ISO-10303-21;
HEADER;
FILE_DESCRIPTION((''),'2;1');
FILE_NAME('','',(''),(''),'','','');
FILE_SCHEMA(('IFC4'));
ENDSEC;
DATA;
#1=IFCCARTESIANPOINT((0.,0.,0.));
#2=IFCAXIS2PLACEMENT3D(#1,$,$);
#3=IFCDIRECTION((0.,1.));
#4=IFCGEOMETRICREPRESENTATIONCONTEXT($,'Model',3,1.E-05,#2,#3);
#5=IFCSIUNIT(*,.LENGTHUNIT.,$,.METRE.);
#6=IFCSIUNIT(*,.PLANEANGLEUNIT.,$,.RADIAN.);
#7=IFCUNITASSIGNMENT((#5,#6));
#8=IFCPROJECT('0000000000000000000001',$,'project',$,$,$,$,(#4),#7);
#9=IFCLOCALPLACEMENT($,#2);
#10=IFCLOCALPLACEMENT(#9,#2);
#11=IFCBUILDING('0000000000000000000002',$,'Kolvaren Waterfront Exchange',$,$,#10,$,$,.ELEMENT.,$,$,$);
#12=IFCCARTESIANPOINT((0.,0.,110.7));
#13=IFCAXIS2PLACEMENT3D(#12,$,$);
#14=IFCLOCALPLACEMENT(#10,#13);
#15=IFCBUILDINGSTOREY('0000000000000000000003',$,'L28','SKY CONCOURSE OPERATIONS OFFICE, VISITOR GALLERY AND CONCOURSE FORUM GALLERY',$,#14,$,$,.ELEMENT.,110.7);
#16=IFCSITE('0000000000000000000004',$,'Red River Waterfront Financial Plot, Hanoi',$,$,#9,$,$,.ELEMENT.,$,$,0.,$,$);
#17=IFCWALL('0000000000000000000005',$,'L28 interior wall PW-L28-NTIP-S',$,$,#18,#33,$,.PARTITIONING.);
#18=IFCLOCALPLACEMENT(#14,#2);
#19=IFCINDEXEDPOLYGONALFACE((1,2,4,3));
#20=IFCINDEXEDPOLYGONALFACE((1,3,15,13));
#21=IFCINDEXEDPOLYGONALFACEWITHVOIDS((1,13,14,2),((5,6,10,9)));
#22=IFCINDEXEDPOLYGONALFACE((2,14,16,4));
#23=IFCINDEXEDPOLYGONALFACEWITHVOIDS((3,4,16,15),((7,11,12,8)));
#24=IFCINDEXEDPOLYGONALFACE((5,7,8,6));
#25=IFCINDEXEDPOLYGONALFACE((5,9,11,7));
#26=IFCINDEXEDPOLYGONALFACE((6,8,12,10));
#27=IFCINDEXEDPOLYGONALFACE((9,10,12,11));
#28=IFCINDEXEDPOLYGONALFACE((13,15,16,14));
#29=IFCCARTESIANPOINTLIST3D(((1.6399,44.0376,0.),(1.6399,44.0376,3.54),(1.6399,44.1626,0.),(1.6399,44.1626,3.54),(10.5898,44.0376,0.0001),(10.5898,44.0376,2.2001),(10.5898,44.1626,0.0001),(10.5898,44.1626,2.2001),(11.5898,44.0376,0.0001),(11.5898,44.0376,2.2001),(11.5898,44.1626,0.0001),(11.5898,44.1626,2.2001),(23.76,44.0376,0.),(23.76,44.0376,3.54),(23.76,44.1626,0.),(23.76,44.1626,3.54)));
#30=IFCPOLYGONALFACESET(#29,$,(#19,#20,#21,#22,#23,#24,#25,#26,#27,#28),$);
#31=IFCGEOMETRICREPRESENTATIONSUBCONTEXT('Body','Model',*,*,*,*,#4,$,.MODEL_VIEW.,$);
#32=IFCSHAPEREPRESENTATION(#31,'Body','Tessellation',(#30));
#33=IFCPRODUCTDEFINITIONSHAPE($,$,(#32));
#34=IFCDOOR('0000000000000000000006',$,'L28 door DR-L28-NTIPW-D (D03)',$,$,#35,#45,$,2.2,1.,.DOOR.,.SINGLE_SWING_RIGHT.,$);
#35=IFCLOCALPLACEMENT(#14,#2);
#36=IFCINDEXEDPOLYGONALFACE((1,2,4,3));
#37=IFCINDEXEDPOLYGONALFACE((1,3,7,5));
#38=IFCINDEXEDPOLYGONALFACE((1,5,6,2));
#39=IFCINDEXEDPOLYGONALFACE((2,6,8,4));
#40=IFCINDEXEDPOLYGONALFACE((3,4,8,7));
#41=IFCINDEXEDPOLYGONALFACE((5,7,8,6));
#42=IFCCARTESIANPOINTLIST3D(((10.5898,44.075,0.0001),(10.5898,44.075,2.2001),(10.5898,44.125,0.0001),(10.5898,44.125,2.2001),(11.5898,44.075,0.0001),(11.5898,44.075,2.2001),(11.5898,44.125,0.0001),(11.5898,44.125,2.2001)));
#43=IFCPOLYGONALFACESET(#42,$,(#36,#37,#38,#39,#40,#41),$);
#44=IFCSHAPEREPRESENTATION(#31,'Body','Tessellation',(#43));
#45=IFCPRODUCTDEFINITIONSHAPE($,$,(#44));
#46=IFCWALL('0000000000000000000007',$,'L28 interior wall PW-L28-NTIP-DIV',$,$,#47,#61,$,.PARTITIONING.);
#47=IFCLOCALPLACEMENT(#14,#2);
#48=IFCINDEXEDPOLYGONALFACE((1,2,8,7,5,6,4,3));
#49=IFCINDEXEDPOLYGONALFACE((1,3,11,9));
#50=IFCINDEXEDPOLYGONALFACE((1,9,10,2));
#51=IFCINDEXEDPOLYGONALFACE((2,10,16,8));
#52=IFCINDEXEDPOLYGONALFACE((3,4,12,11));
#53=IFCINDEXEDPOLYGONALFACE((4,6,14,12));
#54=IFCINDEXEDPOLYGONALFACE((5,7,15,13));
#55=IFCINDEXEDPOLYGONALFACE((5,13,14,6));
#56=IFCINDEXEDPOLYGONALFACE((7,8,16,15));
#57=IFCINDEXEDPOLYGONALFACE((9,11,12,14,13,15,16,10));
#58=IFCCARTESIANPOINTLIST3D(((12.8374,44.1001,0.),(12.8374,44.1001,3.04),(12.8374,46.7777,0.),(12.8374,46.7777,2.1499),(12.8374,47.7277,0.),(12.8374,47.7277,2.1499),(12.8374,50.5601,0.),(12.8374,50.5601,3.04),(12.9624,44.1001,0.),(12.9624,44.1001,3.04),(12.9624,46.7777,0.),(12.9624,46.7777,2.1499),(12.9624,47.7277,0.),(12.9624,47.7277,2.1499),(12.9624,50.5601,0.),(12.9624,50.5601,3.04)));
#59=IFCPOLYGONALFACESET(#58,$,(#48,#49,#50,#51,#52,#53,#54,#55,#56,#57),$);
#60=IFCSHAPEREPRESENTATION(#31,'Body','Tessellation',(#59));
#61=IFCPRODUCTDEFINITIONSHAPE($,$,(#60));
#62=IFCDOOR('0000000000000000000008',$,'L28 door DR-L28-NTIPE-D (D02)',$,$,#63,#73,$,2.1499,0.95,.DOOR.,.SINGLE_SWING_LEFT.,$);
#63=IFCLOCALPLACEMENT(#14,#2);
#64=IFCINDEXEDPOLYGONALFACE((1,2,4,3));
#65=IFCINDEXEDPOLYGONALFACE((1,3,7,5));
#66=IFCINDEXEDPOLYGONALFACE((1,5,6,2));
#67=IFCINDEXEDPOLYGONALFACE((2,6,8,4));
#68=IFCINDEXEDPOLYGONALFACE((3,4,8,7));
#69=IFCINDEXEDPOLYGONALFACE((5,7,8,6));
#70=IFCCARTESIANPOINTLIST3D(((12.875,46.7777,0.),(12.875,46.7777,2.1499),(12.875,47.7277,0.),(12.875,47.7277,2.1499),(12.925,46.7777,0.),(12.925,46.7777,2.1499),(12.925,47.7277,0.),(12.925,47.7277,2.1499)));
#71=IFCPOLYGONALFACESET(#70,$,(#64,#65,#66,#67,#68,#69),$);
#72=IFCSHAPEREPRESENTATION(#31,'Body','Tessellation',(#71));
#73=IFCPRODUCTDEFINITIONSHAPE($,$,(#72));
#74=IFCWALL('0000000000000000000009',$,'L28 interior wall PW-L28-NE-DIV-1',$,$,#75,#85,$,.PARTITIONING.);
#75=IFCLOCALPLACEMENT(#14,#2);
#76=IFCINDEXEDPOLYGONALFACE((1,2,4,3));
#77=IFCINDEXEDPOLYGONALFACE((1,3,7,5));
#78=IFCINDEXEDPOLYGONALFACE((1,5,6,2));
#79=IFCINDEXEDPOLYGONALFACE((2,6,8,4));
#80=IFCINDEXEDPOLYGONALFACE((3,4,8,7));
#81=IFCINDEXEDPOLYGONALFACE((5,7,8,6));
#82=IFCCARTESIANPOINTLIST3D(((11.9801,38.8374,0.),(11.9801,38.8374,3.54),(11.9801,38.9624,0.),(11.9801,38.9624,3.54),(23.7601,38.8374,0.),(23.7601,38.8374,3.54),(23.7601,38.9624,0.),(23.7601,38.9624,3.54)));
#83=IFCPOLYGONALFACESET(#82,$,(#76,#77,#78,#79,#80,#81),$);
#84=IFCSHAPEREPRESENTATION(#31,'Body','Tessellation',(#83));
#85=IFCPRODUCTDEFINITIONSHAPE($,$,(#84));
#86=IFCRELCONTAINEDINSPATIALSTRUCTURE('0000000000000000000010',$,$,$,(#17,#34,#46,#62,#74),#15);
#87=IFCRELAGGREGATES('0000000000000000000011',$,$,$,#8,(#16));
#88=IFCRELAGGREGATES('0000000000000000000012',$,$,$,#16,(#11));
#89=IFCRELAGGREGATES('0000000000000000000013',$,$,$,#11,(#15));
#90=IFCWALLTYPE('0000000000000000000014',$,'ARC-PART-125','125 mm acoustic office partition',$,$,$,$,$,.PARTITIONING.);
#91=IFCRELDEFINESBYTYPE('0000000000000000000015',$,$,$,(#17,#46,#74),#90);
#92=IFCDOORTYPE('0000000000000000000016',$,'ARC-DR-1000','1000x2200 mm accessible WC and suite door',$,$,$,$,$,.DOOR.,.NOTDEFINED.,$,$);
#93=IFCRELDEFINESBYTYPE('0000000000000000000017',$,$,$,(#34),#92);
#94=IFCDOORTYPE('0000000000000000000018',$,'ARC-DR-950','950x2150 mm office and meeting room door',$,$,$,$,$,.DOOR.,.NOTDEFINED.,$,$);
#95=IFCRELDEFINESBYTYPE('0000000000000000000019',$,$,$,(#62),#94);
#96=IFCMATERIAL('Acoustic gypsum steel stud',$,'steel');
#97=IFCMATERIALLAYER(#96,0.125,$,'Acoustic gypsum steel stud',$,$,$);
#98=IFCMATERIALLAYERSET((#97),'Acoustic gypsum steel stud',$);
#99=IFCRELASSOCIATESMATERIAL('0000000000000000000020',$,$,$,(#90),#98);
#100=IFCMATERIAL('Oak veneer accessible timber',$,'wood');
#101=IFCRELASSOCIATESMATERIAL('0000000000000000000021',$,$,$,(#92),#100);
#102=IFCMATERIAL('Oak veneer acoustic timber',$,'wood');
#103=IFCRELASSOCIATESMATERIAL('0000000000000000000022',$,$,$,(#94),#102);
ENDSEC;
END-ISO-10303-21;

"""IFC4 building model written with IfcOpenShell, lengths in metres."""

from ifc_helpers import new_model, si_unit, direction, frame, frame_2d, origin, place, context, subcontext, project, spatial, rectangle, extrude, material, layer, layer_set, type_object, element, fill, save


model = new_model("IFC4")

# Units and contexts
model_context = context("Model", 3, precision=1e-05, world=origin(), true_north=direction((0.0, 1.0)))
body_context = subcontext(model_context, "Body", "Model", "MODEL_VIEW")
ifc_project = project(units=[si_unit("LENGTHUNIT", "METRE"), si_unit("PLANEANGLEUNIT", "RADIAN")], contexts=[model_context])

# Site, building, storey
site_placement = place(None, origin())
site = spatial("IfcSite", under=ifc_project, at=site_placement, Name="Red River Waterfront Financial Plot, Hanoi", CompositionType="ELEMENT", RefElevation=0.0)
building_placement = place(site_placement, origin())
building = spatial("IfcBuilding", under=site, at=building_placement, Name="Kolvaren Waterfront Exchange", CompositionType="ELEMENT")
storey_placement = place(building_placement, frame((0.0, 0.0, 110.7)))
storey = spatial("IfcBuildingStorey", under=building, at=storey_placement, Name="L28", Description="SKY CONCOURSE OPERATIONS OFFICE, VISITOR GALLERY AND CONCOURSE FORUM GALLERY", CompositionType="ELEMENT", Elevation=110.7)

# Walls, openings, doors
ifc_material_1 = material(Name="Acoustic gypsum steel stud", Category="steel")
ifc_layer_1 = layer(ifc_material_1, 0.125, Name="Acoustic gypsum steel stud")
ifc_layer_set_1 = layer_set([ifc_layer_1], Name="Acoustic gypsum steel stud")
wall_type_1 = type_object("IfcWallType", Name="ARC-PART-125", Description="125 mm acoustic office partition", PredefinedType="PARTITIONING", material=ifc_layer_set_1)
wall_1_placement = place(storey_placement, frame((1.6399, 44.1001, 0.0), z_axis=(0.0, 0.0, 1.0), x_axis=(1.0, 0.0, 0.0)))
wall_1 = element("IfcWall", 1, at=wall_1_placement, inside=storey, type_object=wall_type_1, Name="L28 interior wall PW-L28-NTIP-S", PredefinedType="PARTITIONING", context=body_context, shape_type="SweptSolid", body=[
    extrude(rectangle(XDim=22.1201, YDim=0.125, at=frame_2d((11.0601, 0.0))), origin(), (0.0, 0.0, 1.0), 3.54),
])
opening_1_placement = place(wall_1_placement, frame((8.95, 0.0, 0.0)))
opening_1 = element("IfcOpeningElement", 2, at=opening_1_placement, cuts=wall_1, PredefinedType="OPENING", context=body_context, shape_type="SweptSolid", body=[
    extrude(rectangle(XDim=1.0, YDim=2.2, at=frame_2d((0.5, 1.1001))), frame((0.0, 0.0725, 0.0), z_axis=(0.0, -1.0, 0.0), x_axis=(1.0, 0.0, 0.0)), (0.0, 0.0, 1.0), 0.145),
])
ifc_material_2 = material(Name="Oak veneer accessible timber", Category="wood")
door_type_1 = type_object("IfcDoorType", Name="ARC-DR-1000", Description="1000x2200 mm accessible WC and suite door", OperationType="NOTDEFINED", PredefinedType="DOOR", material=ifc_material_2)
door_1_placement = place(opening_1_placement, origin())
door_1 = element("IfcDoor", 3, at=door_1_placement, inside=storey, type_object=door_type_1, Name="L28 door DR-L28-NTIPW-D (D03)", OperationType="SINGLE_SWING_RIGHT", OverallHeight=2.2, OverallWidth=1.0, PredefinedType="DOOR", context=body_context, shape_type="SweptSolid", body=[
    extrude(rectangle(XDim=1.0, YDim=2.2, at=frame_2d((0.5, 1.1001))), frame((0.0, 0.0249, 0.0), z_axis=(0.0, -1.0, 0.0), x_axis=(1.0, 0.0, 0.0)), (0.0, 0.0, 1.0), 0.05),
])
fill(opening_1, door_1)
wall_2_placement = place(storey_placement, frame((12.8999, 44.1001, 0.0), z_axis=(0.0, 0.0, 1.0), x_axis=(0.0, 1.0, 0.0)))
wall_2 = element("IfcWall", 4, at=wall_2_placement, inside=storey, type_object=wall_type_1, Name="L28 interior wall PW-L28-NTIP-DIV", PredefinedType="PARTITIONING", context=body_context, shape_type="SweptSolid", body=[
    extrude(rectangle(XDim=6.46, YDim=0.125, at=frame_2d((3.23, 0.0))), origin(), (0.0, 0.0, 1.0), 3.04),
])
opening_2_placement = place(wall_2_placement, frame((2.6775, 0.0, 0.0)))
opening_2 = element("IfcOpeningElement", 5, at=opening_2_placement, cuts=wall_2, PredefinedType="OPENING", context=body_context, shape_type="SweptSolid", body=[
    extrude(rectangle(XDim=0.95, YDim=2.1499, at=frame_2d((0.4751, 1.075))), frame((0.0, 0.0725, 0.0), z_axis=(0.0, -1.0, 0.0), x_axis=(1.0, 0.0, 0.0)), (0.0, 0.0, 1.0), 0.145),
])
ifc_material_3 = material(Name="Oak veneer acoustic timber", Category="wood")
door_type_2 = type_object("IfcDoorType", Name="ARC-DR-950", Description="950x2150 mm office and meeting room door", OperationType="NOTDEFINED", PredefinedType="DOOR", material=ifc_material_3)
door_2_placement = place(opening_2_placement, origin())
door_2 = element("IfcDoor", 6, at=door_2_placement, inside=storey, type_object=door_type_2, Name="L28 door DR-L28-NTIPE-D (D02)", OperationType="SINGLE_SWING_LEFT", OverallHeight=2.1499, OverallWidth=0.95, PredefinedType="DOOR", context=body_context, shape_type="SweptSolid", body=[
    extrude(rectangle(XDim=0.95, YDim=2.1499, at=frame_2d((0.4751, 1.075))), frame((0.0, 0.0249, 0.0), z_axis=(0.0, -1.0, 0.0), x_axis=(1.0, 0.0, 0.0)), (0.0, 0.0, 1.0), 0.05),
])
fill(opening_2, door_2)

# Wall
wall_3_placement = place(storey_placement, frame((11.98, 38.8999, 0.0), z_axis=(0.0, 0.0, 1.0), x_axis=(1.0, 0.0, 0.0)))
element("IfcWall", 7, at=wall_3_placement, inside=storey, type_object=wall_type_1, Name="L28 interior wall PW-L28-NE-DIV-1", PredefinedType="PARTITIONING", context=body_context, shape_type="SweptSolid", body=[
    extrude(rectangle(XDim=11.78, YDim=0.125, at=frame_2d((5.8901, 0.0))), origin(), (0.0, 0.0, 1.0), 3.54),
])

save(model, "model.ifc")
